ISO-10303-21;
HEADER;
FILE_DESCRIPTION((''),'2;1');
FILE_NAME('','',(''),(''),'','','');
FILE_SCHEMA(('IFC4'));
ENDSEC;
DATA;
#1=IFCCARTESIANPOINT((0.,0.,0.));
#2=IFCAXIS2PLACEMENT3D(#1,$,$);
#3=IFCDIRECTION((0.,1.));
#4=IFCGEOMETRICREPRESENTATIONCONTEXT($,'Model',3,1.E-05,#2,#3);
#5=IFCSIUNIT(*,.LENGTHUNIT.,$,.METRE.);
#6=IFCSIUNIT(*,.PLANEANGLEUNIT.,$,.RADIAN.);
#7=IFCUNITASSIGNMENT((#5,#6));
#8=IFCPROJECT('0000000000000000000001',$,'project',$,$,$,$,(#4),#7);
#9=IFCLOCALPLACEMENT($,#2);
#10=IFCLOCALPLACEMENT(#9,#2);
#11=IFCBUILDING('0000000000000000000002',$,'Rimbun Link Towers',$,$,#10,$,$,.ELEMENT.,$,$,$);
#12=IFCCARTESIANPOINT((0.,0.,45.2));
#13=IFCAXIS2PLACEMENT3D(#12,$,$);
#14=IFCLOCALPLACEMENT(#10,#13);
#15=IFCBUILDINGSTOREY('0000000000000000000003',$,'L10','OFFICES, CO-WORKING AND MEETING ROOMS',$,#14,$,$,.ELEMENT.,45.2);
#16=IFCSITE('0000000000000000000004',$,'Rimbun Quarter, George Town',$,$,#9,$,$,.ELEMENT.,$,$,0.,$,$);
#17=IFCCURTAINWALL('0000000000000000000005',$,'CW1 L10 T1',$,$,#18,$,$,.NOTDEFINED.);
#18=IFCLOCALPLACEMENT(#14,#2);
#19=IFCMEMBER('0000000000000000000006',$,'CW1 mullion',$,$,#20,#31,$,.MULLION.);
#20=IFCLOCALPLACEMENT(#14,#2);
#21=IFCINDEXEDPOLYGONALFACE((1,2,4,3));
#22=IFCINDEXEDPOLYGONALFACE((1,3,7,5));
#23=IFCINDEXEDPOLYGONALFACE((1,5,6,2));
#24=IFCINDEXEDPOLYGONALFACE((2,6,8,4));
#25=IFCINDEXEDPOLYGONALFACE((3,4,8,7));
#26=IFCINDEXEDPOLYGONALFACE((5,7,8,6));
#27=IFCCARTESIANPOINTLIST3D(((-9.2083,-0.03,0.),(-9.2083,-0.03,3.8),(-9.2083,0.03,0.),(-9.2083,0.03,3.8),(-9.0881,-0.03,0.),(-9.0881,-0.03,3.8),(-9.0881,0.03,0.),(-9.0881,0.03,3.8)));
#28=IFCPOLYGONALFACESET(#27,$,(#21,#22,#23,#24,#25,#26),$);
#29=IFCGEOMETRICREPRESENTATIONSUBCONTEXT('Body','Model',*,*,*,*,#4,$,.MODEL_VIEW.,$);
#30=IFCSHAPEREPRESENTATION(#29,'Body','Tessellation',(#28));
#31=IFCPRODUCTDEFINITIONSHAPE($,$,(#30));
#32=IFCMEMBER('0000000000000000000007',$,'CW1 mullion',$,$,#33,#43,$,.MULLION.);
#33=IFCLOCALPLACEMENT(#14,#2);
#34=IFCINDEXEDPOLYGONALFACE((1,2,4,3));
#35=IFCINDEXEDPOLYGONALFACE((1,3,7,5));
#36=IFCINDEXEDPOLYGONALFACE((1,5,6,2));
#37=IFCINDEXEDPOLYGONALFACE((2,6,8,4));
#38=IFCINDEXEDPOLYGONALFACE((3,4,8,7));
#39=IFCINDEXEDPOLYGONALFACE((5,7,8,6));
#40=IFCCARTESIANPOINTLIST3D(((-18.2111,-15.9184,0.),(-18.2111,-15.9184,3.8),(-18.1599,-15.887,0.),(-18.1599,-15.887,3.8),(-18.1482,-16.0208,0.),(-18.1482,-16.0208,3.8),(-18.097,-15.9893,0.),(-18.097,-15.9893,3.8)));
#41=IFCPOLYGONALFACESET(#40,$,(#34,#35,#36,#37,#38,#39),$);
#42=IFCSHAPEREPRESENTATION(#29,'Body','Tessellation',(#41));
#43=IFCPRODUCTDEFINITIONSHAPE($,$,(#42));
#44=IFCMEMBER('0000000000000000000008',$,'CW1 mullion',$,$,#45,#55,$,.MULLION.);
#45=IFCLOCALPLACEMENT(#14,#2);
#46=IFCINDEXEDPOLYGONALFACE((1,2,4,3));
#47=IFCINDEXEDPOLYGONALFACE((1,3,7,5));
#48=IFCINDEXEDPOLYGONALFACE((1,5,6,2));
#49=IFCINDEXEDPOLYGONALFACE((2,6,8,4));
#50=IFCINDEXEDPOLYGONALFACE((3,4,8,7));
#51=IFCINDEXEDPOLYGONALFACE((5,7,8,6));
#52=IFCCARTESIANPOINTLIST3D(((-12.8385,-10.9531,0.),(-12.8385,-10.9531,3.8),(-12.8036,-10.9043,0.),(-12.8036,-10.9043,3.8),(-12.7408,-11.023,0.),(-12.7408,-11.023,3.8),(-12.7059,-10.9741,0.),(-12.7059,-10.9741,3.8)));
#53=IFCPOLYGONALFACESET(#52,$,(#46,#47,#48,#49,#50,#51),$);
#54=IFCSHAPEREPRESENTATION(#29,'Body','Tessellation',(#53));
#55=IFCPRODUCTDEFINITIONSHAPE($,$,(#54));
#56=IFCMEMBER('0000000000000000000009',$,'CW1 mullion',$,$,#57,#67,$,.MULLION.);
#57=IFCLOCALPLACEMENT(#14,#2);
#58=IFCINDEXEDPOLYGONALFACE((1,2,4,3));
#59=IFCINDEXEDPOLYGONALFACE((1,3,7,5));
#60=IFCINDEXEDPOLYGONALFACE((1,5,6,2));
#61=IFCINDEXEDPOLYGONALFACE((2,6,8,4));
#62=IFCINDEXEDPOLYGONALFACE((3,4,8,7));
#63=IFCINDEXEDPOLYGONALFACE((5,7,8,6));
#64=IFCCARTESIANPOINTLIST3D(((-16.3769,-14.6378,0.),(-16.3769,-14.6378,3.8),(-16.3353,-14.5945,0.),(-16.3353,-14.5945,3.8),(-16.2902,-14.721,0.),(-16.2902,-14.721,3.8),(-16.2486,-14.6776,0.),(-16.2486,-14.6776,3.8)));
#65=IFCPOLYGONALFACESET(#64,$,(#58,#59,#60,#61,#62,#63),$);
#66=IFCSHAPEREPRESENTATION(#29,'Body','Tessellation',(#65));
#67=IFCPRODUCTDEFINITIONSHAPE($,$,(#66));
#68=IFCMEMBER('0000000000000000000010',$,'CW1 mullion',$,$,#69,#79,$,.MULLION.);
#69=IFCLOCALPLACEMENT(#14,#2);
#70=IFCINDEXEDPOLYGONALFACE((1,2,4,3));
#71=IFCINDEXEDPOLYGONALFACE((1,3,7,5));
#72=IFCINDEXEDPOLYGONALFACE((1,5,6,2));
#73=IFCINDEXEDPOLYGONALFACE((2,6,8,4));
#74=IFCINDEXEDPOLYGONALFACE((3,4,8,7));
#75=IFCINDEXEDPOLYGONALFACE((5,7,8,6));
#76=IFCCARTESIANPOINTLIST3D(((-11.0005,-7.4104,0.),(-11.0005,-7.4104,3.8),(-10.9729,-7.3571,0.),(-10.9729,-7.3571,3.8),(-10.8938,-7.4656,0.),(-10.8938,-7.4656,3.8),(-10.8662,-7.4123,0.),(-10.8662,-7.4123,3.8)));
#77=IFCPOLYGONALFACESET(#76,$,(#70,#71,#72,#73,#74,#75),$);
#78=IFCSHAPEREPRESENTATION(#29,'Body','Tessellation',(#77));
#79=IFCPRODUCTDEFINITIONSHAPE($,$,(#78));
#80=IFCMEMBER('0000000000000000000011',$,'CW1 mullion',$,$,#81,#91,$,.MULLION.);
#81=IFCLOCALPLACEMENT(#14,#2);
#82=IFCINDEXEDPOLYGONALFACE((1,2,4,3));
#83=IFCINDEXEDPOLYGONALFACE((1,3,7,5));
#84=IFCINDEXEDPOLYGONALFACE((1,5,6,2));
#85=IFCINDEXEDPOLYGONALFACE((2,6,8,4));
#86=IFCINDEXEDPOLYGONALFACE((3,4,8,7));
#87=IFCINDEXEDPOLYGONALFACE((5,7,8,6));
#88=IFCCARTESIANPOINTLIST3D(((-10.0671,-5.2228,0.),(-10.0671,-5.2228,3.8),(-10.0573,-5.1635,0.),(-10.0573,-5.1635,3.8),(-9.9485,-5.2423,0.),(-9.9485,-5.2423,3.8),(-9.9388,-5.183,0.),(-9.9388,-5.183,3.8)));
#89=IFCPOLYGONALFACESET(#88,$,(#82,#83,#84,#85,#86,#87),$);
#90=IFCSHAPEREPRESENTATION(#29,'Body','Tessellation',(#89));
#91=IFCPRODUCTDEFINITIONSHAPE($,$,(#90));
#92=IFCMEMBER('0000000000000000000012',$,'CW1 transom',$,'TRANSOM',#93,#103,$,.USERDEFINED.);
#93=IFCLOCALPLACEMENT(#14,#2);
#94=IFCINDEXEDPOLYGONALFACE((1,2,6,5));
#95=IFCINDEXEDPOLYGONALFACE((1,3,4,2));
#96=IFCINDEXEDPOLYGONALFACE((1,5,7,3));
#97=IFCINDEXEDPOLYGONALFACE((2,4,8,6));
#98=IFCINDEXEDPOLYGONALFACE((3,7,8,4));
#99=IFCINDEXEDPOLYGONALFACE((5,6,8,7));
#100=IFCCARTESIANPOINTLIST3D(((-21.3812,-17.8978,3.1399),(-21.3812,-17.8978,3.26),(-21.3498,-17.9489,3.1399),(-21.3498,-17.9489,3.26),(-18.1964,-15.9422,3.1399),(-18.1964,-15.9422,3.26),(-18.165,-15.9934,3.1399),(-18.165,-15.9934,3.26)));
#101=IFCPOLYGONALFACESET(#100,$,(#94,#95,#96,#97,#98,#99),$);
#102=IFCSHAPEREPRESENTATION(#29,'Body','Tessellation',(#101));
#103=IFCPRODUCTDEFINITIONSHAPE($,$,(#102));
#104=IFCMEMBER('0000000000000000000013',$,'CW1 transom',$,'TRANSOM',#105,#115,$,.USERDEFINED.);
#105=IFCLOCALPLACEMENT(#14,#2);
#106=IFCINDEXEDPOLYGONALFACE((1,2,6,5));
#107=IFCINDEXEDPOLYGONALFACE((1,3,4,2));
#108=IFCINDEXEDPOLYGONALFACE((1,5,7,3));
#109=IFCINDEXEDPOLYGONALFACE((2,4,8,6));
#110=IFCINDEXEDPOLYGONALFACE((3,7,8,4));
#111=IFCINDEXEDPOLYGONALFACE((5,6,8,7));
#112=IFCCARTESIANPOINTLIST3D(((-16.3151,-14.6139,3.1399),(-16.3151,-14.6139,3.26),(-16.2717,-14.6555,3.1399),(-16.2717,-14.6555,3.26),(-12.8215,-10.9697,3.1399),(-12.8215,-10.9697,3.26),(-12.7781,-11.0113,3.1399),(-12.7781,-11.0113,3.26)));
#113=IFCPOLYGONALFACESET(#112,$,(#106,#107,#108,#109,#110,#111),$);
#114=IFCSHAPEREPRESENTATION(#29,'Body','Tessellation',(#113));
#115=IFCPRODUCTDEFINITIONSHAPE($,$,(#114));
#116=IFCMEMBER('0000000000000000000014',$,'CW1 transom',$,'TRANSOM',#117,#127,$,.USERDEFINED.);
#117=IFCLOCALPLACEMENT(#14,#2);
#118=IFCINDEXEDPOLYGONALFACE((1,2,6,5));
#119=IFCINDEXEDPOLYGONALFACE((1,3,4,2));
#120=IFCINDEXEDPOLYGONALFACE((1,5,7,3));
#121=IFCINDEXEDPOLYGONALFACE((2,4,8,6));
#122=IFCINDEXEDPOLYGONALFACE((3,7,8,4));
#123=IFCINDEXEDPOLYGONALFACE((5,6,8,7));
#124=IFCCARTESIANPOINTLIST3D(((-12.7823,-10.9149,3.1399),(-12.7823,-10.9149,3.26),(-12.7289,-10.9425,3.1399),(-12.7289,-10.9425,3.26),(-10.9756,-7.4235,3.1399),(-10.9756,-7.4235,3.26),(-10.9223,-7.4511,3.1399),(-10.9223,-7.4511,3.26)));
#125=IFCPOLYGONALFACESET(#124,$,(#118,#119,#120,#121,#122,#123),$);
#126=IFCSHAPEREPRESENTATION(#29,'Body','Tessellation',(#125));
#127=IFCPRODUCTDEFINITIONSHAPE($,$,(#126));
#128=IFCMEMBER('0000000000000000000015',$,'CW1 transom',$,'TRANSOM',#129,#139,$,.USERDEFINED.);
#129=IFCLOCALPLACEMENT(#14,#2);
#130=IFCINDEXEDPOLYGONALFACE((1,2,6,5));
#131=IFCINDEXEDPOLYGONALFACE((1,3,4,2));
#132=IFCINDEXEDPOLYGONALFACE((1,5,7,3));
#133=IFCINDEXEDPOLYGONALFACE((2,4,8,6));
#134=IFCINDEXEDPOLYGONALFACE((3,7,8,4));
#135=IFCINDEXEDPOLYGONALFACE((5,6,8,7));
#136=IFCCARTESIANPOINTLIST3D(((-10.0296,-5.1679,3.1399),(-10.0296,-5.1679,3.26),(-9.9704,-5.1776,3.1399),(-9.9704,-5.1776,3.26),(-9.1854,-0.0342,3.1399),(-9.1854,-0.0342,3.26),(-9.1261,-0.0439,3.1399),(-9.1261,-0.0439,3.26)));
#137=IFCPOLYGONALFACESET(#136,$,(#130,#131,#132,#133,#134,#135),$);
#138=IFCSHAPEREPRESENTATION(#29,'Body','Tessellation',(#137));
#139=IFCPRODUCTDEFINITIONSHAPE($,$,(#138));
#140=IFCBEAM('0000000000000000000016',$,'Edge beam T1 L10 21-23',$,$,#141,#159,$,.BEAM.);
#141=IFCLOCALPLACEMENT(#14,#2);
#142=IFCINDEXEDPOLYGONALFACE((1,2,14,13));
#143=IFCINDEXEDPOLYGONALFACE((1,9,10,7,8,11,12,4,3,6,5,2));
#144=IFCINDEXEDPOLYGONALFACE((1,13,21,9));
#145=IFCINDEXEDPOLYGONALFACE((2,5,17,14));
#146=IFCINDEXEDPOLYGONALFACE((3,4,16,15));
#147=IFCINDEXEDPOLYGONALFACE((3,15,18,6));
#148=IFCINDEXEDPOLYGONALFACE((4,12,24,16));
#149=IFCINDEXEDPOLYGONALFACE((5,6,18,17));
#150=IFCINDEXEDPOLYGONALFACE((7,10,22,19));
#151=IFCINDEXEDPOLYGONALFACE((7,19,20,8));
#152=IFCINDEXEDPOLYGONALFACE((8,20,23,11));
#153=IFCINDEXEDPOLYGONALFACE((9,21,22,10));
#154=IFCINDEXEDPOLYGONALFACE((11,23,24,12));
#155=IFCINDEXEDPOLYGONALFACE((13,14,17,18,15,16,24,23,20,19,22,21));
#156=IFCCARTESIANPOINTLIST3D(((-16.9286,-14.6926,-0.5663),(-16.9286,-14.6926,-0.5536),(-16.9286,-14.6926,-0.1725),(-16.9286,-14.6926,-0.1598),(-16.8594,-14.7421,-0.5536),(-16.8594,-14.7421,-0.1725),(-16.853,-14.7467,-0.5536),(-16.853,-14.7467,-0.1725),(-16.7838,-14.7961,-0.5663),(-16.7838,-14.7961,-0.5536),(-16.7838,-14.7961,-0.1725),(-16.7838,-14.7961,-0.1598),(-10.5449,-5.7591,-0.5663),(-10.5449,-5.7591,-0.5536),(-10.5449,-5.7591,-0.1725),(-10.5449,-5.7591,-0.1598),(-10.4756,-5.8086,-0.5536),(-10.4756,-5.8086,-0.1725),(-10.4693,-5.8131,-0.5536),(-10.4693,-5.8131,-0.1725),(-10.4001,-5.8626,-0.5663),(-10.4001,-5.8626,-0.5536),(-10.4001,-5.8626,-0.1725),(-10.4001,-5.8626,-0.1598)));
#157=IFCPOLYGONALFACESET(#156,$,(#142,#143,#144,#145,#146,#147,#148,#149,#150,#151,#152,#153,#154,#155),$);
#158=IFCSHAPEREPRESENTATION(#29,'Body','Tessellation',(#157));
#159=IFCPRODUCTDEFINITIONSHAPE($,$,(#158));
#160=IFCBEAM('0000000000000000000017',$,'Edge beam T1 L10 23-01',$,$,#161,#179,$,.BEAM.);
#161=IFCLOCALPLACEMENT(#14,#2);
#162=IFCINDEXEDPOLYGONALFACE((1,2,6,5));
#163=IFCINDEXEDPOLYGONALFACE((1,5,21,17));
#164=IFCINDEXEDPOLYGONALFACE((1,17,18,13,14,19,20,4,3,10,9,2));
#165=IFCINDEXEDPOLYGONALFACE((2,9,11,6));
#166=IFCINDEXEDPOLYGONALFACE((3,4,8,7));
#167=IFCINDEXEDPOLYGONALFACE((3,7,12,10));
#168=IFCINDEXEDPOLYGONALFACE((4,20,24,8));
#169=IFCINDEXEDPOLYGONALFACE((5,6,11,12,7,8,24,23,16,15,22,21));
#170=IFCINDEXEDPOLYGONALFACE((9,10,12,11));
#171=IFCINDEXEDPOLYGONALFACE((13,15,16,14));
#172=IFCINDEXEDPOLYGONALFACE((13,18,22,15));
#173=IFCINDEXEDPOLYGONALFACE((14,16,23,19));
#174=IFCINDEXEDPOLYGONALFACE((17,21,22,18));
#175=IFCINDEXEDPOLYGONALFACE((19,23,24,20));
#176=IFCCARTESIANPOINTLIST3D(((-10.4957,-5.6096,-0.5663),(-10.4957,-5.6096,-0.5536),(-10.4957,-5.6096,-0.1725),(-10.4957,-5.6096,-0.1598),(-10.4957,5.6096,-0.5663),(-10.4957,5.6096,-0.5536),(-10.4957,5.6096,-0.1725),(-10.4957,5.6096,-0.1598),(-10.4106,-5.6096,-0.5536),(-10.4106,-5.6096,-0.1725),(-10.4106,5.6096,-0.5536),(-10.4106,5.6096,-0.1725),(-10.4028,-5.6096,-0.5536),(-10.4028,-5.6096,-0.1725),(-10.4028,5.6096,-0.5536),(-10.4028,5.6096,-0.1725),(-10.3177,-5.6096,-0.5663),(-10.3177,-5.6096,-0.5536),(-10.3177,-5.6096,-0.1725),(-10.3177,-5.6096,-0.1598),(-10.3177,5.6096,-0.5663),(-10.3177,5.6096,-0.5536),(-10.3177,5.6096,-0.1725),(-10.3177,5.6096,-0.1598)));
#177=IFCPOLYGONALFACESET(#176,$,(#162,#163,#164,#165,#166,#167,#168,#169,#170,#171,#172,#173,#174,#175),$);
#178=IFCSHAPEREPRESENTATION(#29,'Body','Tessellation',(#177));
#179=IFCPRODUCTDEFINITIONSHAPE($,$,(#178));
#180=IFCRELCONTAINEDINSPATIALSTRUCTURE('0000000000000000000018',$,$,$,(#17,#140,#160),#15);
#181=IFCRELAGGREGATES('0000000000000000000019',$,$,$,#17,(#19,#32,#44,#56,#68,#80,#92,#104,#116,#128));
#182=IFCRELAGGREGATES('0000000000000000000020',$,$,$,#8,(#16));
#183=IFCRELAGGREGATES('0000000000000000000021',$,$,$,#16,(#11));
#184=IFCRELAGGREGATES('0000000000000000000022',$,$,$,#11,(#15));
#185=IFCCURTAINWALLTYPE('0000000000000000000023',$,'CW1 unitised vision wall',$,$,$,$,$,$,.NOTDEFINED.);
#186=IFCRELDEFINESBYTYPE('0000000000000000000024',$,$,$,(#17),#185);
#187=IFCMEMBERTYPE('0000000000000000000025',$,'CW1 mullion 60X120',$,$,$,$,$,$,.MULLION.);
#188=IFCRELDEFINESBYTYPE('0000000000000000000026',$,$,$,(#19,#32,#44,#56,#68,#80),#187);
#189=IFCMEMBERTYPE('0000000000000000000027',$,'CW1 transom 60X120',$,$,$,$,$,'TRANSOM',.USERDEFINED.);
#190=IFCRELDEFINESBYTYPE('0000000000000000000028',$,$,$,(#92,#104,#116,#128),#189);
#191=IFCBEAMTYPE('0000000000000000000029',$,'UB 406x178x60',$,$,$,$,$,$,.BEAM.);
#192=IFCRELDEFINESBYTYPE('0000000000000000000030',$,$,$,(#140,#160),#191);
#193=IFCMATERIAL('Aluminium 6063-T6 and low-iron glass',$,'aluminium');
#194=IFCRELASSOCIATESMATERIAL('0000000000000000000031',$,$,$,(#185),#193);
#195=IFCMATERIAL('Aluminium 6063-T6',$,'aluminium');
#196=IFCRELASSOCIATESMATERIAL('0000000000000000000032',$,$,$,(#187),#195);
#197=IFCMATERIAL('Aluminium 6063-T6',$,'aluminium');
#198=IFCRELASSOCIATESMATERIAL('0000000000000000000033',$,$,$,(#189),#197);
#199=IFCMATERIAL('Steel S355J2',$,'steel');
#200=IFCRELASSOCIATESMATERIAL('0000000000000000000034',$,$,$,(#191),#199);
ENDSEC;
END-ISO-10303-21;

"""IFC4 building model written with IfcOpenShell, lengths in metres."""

from ifc_helpers import new_model, si_unit, direction, frame, origin, origin_2d, place, context, subcontext, project, spatial, rectangle, i_section, extrude, material, material_profile, profile_set, type_object, element, aggregate, save


model = new_model("IFC4")

# Units and contexts
model_context = context("Model", 3, precision=1e-05, world=origin(), true_north=direction((0.0, 1.0)))
body_context = subcontext(model_context, "Body", "Model", "MODEL_VIEW")
ifc_project = project(units=[si_unit("LENGTHUNIT", "METRE"), si_unit("PLANEANGLEUNIT", "RADIAN")], contexts=[model_context])

# Site, building, storey
site_placement = place(None, origin())
site = spatial("IfcSite", under=ifc_project, at=site_placement, Name="Rimbun Quarter, George Town", CompositionType="ELEMENT", RefElevation=0.0)
building_placement = place(site_placement, origin())
building = spatial("IfcBuilding", under=site, at=building_placement, Name="Rimbun Link Towers", CompositionType="ELEMENT")
storey_placement = place(building_placement, frame((0.0, 0.0, 45.2)))
storey = spatial("IfcBuildingStorey", under=building, at=storey_placement, Name="L10", Description="OFFICES, CO-WORKING AND MEETING ROOMS", CompositionType="ELEMENT", Elevation=45.2)

# Curtain wall, members
ifc_material_1 = material(Name="Aluminium 6063-T6 and low-iron glass", Category="aluminium")
curtain_wall_type = type_object("IfcCurtainWallType", Name="CW1 unitised vision wall", PredefinedType="NOTDEFINED", material=ifc_material_1)
curtain_wall_placement = place(storey_placement, origin())
curtain_wall = element("IfcCurtainWall", 1, at=curtain_wall_placement, inside=storey, type_object=curtain_wall_type, Name="CW1 L10 T1", PredefinedType="NOTDEFINED")
ifc_material_2 = material(Name="Aluminium 6063-T6", Category="aluminium")
ifc_material_profile_1 = material_profile(ifc_material_2, rectangle(XDim=0.1201, YDim=0.0601, at=origin_2d()), Name="MULLION 60X120")
ifc_profile_set_1 = profile_set([ifc_material_profile_1], Name="Aluminium 6063-T6")
member_type_1 = type_object("IfcMemberType", Name="CW1 mullion 60X120", PredefinedType="MULLION", material=ifc_profile_set_1)
member_1_placement = place(storey_placement, frame((-9.1482, 0.0, 0.0), z_axis=(0.0, 0.0, 1.0), x_axis=(1.0, 0.0, 0.0)))
member_1 = element("IfcMember", 2, at=member_1_placement, type_object=member_type_1, Name="CW1 mullion", PredefinedType="MULLION", context=body_context, shape_type="SweptSolid", body=[
    extrude(rectangle(XDim=0.1201, YDim=0.0601, at=origin_2d()), origin(), (0.0, 0.0, 1.0), 3.8),
])
member_2_placement = place(storey_placement, frame((-18.1541, -15.9539, 0.0), z_axis=(0.0, 0.0, 1.0), x_axis=(0.523241, -0.852185, 0.0)))
member_2 = element("IfcMember", 3, at=member_2_placement, type_object=member_type_1, Name="CW1 mullion", PredefinedType="MULLION", context=body_context, shape_type="SweptSolid", body=[
    extrude(rectangle(XDim=0.1201, YDim=0.0601, at=origin_2d()), origin(), (0.0, 0.0, 1.0), 3.8),
])
member_3_placement = place(storey_placement, frame((-12.7722, -10.9636, 0.0), z_axis=(0.0, 0.0, 1.0), x_axis=(0.813349, -0.581776, 0.0)))
member_3 = element("IfcMember", 4, at=member_3_placement, type_object=member_type_1, Name="CW1 mullion", PredefinedType="MULLION", context=body_context, shape_type="SweptSolid", body=[
    extrude(rectangle(XDim=0.1201, YDim=0.0601, at=origin_2d()), origin(), (0.0, 0.0, 1.0), 3.8),
])
member_4_placement = place(storey_placement, frame((-16.3127, -14.6577, 0.0), z_axis=(0.0, 0.0, 1.0), x_axis=(0.721848, -0.692052, 0.0)))
member_4 = element("IfcMember", 5, at=member_4_placement, type_object=member_type_1, Name="CW1 mullion", PredefinedType="MULLION", context=body_context, shape_type="SweptSolid", body=[
    extrude(rectangle(XDim=0.1201, YDim=0.0601, at=origin_2d()), origin(), (0.0, 0.0, 1.0), 3.8),
])
member_5_placement = place(storey_placement, frame((-10.9333, -7.4114, 0.0), z_axis=(0.0, 0.0, 1.0), x_axis=(0.888149, -0.459555, 0.0)))
member_5 = element("IfcMember", 6, at=member_5_placement, type_object=member_type_1, Name="CW1 mullion", PredefinedType="MULLION", context=body_context, shape_type="SweptSolid", body=[
    extrude(rectangle(XDim=0.1201, YDim=0.0601, at=origin_2d()), origin(), (0.0, 0.0, 1.0), 3.8),
])
member_6_placement = place(storey_placement, frame((-10.0029, -5.2029, 0.0), z_axis=(0.0, 0.0, 1.0), x_axis=(0.986748, -0.162258, 0.0)))
member_6 = element("IfcMember", 7, at=member_6_placement, type_object=member_type_1, Name="CW1 mullion", PredefinedType="MULLION", context=body_context, shape_type="SweptSolid", body=[
    extrude(rectangle(XDim=0.1201, YDim=0.0601, at=origin_2d()), origin(), (0.0, 0.0, 1.0), 3.8),
])
ifc_material_3 = material(Name="Aluminium 6063-T6", Category="aluminium")
ifc_material_profile_2 = material_profile(ifc_material_3, rectangle(XDim=0.0601, YDim=0.1201, at=origin_2d()), Name="TRANSOM 60X120")
ifc_profile_set_2 = profile_set([ifc_material_profile_2], Name="Aluminium 6063-T6")
member_type_2 = type_object("IfcMemberType", Name="CW1 transom 60X120", ElementType="TRANSOM", PredefinedType="USERDEFINED", material=ifc_profile_set_2)
member_7_placement = place(storey_placement, frame((-18.1807, -15.9678, 3.2), z_axis=(-0.852174, -0.523259, 0.0), x_axis=(0.523259, -0.852174, 0.0)))
member_7 = element("IfcMember", 8, at=member_7_placement, type_object=member_type_2, Name="CW1 transom", ObjectType="TRANSOM", PredefinedType="USERDEFINED", context=body_context, shape_type="SweptSolid", body=[
    extrude(rectangle(XDim=0.0601, YDim=0.1201, at=origin_2d()), origin(), (0.0, 0.0, 1.0), 3.7373),
])
member_8_placement = place(storey_placement, frame((-12.7998, -10.9905, 3.2), z_axis=(-0.69203, -0.721868, 0.0), x_axis=(0.721868, -0.69203, 0.0)))
member_8 = element("IfcMember", 9, at=member_8_placement, type_object=member_type_2, Name="CW1 transom", ObjectType="TRANSOM", PredefinedType="USERDEFINED", context=body_context, shape_type="SweptSolid", body=[
    extrude(rectangle(XDim=0.0601, YDim=0.1201, at=origin_2d()), origin(), (0.0, 0.0, 1.0), 5.0483),
])
member_9_placement = place(storey_placement, frame((-10.949, -7.4373, 3.2), z_axis=(-0.459567, -0.888143, 0.0), x_axis=(0.888143, -0.459567, 0.0)))
member_9 = element("IfcMember", 10, at=member_9_placement, type_object=member_type_2, Name="CW1 transom", ObjectType="TRANSOM", PredefinedType="USERDEFINED", context=body_context, shape_type="SweptSolid", body=[
    extrude(rectangle(XDim=0.0601, YDim=0.1201, at=origin_2d()), origin(), (0.0, 0.0, 1.0), 3.9312),
])
member_10_placement = place(storey_placement, frame((-9.1558, -0.0391, 3.2), z_axis=(-0.162268, -0.986747, 0.0), x_axis=(0.986747, -0.162268, 0.0)))
member_10 = element("IfcMember", 11, at=member_10_placement, type_object=member_type_2, Name="CW1 transom", ObjectType="TRANSOM", PredefinedType="USERDEFINED", context=body_context, shape_type="SweptSolid", body=[
    extrude(rectangle(XDim=0.0601, YDim=0.1201, at=origin_2d()), origin(), (0.0, 0.0, 1.0), 5.2026),
])

# Beams
ifc_material_4 = material(Name="Steel S355J2", Category="steel")
ifc_material_profile_3 = material_profile(ifc_material_4, i_section(OverallWidth=0.178, OverallDepth=0.4065, WebThickness=0.0078, FlangeThickness=0.0127, at=origin_2d()), Name="UB 406x178x60")
ifc_profile_set_3 = profile_set([ifc_material_profile_3], Name="Steel S355J2")
beam_type = type_object("IfcBeamType", Name="UB 406x178x60", PredefinedType="BEAM", material=ifc_profile_set_3)
beam_1_placement = place(storey_placement, frame((-16.8562, -14.7444, -0.363), z_axis=(0.581398, 0.813619, 0.0), x_axis=(-0.813619, 0.581398, 0.0)))
element("IfcBeam", 12, at=beam_1_placement, inside=storey, type_object=beam_type, Name="Edge beam T1 L10 21-23", PredefinedType="BEAM", context=body_context, shape_type="SweptSolid", body=[
    extrude(i_section(OverallWidth=0.178, OverallDepth=0.4065, WebThickness=0.0078, FlangeThickness=0.0127, at=origin_2d()), origin(), (0.0, 0.0, 1.0), 10.98),
])
beam_2_placement = place(storey_placement, frame((-10.4067, -5.6096, -0.363), z_axis=(0.0, 1.0, 0.0), x_axis=(-1.0, 0.0, 0.0)))
element("IfcBeam", 13, at=beam_2_placement, inside=storey, type_object=beam_type, Name="Edge beam T1 L10 23-01", PredefinedType="BEAM", context=body_context, shape_type="SweptSolid", body=[
    extrude(i_section(OverallWidth=0.178, OverallDepth=0.4065, WebThickness=0.0078, FlangeThickness=0.0127, at=origin_2d()), origin(), (0.0, 0.0, 1.0), 11.2192),
])

aggregate(curtain_wall, [member_1, member_2, member_3, member_4, member_5, member_6, member_7, member_8, member_9, member_10])

save(model, "model.ifc")
